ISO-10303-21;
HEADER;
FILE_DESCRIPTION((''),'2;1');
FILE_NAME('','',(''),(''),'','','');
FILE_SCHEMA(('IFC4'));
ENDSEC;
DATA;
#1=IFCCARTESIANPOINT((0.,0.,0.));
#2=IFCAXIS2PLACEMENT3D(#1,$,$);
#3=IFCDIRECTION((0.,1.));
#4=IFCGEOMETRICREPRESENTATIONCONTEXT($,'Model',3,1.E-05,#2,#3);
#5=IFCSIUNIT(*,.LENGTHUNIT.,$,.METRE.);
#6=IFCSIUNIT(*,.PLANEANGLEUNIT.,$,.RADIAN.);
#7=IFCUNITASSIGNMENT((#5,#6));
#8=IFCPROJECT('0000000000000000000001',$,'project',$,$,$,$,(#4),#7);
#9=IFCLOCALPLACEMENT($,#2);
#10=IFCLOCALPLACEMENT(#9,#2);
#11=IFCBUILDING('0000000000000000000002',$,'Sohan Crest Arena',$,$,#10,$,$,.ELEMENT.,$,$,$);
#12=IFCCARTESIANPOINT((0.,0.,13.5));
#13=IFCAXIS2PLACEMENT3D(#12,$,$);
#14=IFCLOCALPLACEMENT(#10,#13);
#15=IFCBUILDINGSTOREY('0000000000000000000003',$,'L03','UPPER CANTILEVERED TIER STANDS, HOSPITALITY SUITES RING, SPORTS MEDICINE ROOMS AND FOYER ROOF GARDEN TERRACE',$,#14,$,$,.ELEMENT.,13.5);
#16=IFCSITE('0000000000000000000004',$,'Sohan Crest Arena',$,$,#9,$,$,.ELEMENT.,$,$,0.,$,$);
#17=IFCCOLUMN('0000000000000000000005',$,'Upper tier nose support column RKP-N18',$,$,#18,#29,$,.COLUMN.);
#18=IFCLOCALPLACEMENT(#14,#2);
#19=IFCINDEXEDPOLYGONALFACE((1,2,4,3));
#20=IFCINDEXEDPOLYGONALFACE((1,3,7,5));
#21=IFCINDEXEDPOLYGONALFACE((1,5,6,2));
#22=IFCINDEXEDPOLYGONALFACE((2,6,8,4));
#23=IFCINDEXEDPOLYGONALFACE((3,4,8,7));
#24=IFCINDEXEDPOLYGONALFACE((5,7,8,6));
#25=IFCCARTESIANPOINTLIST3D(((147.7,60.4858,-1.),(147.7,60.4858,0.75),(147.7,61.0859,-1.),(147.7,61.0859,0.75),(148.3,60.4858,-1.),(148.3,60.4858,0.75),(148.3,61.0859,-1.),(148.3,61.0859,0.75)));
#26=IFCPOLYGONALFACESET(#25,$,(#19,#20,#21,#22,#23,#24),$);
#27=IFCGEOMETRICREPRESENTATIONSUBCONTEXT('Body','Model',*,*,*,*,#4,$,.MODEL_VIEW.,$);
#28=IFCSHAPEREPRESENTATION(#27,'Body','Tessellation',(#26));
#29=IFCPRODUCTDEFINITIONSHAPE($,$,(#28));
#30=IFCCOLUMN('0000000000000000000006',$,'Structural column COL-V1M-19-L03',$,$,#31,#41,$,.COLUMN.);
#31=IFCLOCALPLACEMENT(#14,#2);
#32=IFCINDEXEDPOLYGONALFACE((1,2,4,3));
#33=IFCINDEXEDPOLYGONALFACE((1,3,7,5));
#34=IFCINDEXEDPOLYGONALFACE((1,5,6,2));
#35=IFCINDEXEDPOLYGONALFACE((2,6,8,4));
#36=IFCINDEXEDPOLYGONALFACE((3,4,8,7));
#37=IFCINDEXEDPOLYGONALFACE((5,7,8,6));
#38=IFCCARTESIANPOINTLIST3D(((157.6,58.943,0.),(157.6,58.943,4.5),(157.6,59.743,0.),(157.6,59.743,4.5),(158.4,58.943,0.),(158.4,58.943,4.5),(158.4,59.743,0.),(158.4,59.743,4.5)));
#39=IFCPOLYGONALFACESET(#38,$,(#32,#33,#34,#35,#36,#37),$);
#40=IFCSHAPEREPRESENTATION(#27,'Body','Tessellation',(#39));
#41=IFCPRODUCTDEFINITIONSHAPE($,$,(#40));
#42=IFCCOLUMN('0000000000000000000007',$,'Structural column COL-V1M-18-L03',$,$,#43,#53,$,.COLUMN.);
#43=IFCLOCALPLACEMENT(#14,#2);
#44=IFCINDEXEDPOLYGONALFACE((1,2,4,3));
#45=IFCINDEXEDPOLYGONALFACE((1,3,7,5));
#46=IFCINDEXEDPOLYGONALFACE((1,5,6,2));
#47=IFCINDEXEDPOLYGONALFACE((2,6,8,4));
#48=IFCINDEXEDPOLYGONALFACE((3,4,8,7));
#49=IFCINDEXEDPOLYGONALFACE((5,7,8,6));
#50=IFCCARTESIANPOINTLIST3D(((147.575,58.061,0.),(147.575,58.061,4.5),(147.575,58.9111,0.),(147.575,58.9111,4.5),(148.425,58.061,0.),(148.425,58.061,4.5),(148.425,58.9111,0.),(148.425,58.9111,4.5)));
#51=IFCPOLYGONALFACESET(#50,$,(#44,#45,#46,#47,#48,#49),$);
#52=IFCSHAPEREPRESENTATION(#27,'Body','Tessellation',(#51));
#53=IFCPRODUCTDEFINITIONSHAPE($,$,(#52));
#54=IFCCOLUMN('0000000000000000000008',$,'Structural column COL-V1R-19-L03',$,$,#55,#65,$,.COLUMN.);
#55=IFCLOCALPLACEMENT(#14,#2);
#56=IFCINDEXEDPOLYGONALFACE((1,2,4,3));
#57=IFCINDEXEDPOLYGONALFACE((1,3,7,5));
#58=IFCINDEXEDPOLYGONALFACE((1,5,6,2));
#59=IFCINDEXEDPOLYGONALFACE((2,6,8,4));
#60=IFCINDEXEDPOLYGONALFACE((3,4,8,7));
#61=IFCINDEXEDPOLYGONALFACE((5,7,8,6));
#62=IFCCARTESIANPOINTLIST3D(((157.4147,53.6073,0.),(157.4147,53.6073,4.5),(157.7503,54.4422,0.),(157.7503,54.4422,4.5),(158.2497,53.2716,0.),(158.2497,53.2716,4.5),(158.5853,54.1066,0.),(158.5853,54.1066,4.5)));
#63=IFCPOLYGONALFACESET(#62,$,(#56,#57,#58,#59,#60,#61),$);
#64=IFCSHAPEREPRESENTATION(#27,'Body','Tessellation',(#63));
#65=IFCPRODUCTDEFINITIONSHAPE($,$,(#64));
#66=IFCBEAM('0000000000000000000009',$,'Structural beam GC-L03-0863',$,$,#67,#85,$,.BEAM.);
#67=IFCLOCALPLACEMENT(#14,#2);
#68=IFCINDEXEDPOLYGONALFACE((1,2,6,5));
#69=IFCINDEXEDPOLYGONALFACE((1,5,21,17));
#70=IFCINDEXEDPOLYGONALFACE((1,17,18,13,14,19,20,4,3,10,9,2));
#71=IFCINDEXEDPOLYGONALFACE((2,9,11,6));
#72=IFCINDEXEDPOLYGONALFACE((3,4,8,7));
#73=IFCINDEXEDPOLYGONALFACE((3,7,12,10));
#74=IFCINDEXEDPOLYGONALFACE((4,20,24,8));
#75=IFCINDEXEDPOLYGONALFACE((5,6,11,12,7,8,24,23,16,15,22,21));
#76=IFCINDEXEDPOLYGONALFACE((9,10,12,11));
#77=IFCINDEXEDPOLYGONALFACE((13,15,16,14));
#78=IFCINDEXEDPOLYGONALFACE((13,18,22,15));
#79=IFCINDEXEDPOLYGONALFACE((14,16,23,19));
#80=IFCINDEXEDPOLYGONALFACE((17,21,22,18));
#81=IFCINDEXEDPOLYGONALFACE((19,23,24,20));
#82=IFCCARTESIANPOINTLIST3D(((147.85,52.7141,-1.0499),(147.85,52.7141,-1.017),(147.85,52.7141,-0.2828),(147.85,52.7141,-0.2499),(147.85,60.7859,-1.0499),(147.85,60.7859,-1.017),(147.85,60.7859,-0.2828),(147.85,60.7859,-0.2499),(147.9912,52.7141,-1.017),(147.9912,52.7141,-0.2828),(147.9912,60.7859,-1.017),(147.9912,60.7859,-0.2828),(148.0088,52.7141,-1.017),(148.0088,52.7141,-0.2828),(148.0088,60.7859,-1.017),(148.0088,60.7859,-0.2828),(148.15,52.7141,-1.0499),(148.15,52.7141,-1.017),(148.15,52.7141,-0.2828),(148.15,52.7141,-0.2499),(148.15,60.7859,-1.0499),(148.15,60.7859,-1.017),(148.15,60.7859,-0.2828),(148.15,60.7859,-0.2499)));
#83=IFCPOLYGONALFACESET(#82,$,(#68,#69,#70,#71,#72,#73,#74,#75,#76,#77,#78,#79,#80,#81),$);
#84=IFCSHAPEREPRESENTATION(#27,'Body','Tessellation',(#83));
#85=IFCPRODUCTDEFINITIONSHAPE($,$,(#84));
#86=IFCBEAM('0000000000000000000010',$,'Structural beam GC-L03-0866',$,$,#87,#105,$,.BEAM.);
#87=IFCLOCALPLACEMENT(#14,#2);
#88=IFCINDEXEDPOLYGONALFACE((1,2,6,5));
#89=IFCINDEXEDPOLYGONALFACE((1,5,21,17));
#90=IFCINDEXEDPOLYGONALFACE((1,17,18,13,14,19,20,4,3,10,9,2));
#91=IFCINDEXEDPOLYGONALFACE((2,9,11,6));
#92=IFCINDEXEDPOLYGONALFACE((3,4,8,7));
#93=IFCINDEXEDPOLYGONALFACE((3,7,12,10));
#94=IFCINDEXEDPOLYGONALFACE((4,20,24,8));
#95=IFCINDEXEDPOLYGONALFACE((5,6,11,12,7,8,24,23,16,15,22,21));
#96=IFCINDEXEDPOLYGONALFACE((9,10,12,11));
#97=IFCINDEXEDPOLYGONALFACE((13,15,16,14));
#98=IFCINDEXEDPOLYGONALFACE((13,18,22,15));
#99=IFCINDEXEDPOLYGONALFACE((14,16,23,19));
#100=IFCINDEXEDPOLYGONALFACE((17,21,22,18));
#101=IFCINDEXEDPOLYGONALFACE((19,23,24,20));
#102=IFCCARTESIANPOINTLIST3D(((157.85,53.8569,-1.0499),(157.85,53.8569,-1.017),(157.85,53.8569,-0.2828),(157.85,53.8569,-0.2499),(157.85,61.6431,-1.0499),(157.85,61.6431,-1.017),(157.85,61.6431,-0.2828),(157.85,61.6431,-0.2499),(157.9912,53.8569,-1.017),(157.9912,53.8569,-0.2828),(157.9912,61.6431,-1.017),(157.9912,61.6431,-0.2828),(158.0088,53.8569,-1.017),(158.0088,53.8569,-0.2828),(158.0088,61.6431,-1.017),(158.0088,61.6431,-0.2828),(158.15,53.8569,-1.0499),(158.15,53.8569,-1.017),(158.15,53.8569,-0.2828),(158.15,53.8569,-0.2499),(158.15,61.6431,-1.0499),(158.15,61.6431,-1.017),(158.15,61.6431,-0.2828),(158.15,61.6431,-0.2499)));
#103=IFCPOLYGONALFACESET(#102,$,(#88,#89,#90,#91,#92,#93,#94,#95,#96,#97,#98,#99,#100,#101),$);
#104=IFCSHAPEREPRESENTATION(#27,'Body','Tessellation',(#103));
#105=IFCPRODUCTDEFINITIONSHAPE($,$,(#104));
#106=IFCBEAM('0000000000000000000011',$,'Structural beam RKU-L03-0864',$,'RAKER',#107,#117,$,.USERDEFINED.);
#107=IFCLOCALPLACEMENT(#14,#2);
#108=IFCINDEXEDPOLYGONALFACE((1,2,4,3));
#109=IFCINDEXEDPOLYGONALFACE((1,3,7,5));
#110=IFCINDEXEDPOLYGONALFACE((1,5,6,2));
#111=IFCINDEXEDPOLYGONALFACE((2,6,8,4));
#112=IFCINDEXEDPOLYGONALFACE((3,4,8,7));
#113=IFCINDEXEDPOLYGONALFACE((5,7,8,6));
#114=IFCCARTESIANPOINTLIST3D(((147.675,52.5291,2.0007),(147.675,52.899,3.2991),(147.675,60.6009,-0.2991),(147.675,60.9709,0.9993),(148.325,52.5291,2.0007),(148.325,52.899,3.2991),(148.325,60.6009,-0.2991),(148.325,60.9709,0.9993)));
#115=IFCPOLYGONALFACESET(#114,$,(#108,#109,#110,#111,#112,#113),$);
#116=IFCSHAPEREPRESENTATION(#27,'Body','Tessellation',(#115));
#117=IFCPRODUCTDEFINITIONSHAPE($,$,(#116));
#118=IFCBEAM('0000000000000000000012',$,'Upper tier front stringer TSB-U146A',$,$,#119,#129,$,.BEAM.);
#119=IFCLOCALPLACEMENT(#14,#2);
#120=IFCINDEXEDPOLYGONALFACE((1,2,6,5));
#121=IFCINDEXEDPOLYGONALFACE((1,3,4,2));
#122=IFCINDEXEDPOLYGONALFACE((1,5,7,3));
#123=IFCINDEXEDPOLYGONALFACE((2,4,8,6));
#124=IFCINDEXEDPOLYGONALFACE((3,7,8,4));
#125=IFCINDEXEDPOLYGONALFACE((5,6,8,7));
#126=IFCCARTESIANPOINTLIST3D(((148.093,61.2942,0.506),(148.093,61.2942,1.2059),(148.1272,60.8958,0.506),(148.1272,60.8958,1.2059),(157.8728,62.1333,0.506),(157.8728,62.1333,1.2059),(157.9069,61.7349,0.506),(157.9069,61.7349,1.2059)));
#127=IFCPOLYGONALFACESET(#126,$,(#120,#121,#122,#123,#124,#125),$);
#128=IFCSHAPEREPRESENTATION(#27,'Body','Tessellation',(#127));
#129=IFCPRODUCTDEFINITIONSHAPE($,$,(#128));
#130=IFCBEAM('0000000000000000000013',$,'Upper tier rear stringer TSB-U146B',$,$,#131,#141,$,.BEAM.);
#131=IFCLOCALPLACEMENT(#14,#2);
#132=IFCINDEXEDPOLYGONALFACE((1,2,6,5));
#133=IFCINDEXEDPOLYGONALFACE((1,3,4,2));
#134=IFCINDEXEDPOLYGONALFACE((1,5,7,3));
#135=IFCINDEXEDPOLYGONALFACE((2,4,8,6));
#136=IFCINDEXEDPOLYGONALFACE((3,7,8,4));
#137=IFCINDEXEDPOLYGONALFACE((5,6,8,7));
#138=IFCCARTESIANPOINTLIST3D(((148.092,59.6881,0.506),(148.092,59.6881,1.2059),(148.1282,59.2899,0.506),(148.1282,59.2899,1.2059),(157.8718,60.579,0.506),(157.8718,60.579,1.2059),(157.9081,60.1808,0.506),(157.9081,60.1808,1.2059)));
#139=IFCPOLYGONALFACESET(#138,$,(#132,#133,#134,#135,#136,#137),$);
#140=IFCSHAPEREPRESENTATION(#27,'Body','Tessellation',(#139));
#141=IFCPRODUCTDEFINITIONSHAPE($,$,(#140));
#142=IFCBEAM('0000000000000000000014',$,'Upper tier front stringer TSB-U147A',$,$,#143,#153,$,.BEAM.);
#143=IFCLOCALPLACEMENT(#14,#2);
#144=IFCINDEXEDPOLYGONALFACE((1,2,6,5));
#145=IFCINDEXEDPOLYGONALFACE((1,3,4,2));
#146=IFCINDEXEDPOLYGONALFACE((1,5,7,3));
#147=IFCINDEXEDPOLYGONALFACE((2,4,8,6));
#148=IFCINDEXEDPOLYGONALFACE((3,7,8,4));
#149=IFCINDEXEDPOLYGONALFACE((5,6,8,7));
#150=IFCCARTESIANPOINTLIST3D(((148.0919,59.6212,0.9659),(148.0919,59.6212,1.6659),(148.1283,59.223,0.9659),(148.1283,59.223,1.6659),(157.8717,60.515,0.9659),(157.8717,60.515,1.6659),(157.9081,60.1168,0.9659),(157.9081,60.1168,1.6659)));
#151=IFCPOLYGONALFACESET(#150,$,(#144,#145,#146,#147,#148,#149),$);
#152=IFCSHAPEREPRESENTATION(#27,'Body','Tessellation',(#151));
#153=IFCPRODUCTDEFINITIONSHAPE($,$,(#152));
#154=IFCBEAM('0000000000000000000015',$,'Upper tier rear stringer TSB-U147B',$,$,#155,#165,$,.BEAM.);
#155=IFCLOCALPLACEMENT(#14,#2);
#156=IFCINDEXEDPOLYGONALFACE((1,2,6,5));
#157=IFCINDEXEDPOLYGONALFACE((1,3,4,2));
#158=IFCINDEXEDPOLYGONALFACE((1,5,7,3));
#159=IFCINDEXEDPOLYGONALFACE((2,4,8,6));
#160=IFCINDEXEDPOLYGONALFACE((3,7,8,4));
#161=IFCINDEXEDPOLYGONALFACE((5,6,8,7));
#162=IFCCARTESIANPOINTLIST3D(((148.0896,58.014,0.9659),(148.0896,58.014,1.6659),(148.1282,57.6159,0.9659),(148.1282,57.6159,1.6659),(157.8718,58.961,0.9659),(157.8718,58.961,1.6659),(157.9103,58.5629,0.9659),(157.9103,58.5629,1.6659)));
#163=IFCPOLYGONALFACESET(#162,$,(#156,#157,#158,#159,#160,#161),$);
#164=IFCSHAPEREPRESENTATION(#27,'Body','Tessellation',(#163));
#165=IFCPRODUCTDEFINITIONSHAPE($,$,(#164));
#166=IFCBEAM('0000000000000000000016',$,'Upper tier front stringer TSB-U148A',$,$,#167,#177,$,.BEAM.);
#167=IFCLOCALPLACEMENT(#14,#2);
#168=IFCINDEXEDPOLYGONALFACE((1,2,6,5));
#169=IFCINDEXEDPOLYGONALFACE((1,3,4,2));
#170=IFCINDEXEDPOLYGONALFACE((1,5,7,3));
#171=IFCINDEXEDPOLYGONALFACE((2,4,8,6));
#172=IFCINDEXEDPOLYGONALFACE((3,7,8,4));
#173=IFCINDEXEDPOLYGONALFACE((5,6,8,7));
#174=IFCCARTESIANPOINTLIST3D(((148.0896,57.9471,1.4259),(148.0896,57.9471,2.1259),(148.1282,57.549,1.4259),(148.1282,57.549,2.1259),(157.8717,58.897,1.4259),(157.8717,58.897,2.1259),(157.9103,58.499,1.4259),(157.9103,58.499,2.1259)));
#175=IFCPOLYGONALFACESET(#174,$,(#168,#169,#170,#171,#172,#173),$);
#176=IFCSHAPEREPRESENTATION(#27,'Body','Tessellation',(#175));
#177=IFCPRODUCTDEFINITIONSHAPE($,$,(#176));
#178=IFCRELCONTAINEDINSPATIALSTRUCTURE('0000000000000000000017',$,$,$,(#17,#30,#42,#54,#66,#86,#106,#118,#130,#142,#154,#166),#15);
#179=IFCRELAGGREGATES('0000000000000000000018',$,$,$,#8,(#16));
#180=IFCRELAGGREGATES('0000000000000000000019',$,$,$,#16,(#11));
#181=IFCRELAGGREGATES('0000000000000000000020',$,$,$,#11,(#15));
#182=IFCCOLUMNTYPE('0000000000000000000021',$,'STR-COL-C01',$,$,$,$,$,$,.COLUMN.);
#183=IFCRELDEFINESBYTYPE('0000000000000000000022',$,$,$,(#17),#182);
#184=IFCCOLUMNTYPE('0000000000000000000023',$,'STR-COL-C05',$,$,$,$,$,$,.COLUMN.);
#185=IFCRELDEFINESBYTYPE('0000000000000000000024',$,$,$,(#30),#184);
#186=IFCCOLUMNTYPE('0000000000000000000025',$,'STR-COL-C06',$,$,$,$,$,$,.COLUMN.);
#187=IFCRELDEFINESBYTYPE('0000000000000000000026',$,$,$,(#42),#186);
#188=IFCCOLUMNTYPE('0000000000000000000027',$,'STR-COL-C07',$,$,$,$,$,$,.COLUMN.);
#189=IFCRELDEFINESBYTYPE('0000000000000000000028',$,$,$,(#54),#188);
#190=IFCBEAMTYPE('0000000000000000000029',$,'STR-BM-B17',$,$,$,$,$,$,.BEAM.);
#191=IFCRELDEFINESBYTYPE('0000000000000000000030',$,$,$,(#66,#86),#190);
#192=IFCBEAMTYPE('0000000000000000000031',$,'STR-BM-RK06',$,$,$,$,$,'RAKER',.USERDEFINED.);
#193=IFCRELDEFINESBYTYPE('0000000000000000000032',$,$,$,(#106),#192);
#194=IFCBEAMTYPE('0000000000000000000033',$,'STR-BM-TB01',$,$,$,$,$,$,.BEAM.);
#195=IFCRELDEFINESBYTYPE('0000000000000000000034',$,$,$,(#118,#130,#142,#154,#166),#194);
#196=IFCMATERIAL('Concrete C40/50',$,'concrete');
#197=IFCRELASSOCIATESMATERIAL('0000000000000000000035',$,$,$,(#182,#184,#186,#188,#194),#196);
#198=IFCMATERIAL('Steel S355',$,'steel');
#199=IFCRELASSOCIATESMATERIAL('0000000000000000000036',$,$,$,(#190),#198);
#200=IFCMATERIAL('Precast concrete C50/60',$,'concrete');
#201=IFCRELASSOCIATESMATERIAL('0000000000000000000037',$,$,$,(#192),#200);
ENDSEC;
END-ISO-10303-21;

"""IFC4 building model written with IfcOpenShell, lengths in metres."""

from ifc_helpers import new_model, si_unit, direction, frame, origin, origin_2d, place, context, subcontext, project, spatial, rectangle, i_section, extrude, material, material_profile, profile_set, type_object, element, save


model = new_model("IFC4")

# Units and contexts
model_context = context("Model", 3, precision=1e-05, world=origin(), true_north=direction((0.0, 1.0)))
body_context = subcontext(model_context, "Body", "Model", "MODEL_VIEW")
ifc_project = project(units=[si_unit("LENGTHUNIT", "METRE"), si_unit("PLANEANGLEUNIT", "RADIAN")], contexts=[model_context])

# Site, building, storey
site_placement = place(None, origin())
site = spatial("IfcSite", under=ifc_project, at=site_placement, Name="Sohan Crest Arena", CompositionType="ELEMENT", RefElevation=0.0)
building_placement = place(site_placement, origin())
building = spatial("IfcBuilding", under=site, at=building_placement, Name="Sohan Crest Arena", CompositionType="ELEMENT")
storey_placement = place(building_placement, frame((0.0, 0.0, 13.5)))
storey = spatial("IfcBuildingStorey", under=building, at=storey_placement, Name="L03", Description="UPPER CANTILEVERED TIER STANDS, HOSPITALITY SUITES RING, SPORTS MEDICINE ROOMS AND FOYER ROOF GARDEN TERRACE", CompositionType="ELEMENT", Elevation=13.5)

# Columns
ifc_material_1 = material(Name="Concrete C40/50", Category="concrete")
ifc_material_profile_1 = material_profile(ifc_material_1, rectangle(XDim=0.6001, YDim=0.6001, at=origin_2d()), Name="RC 600x600")
ifc_profile_set_1 = profile_set([ifc_material_profile_1], Name="Concrete C40/50")
column_type_1 = type_object("IfcColumnType", Name="STR-COL-C01", PredefinedType="COLUMN", material=ifc_profile_set_1)
column_1_placement = place(storey_placement, frame((148.0, 60.7859, -1.0), z_axis=(0.0, 0.0, 1.0), x_axis=(1.0, 0.0, 0.0)))
element("IfcColumn", 1, at=column_1_placement, inside=storey, type_object=column_type_1, Name="Upper tier nose support column RKP-N18", PredefinedType="COLUMN", context=body_context, shape_type="SweptSolid", body=[
    extrude(rectangle(XDim=0.6001, YDim=0.6001, at=origin_2d()), origin(), (0.0, 0.0, 1.0), 1.75),
])
ifc_material_profile_2 = material_profile(ifc_material_1, rectangle(XDim=0.8, YDim=0.8, at=origin_2d()), Name="RC 800x800")
ifc_profile_set_2 = profile_set([ifc_material_profile_2], Name="Concrete C40/50")
column_type_2 = type_object("IfcColumnType", Name="STR-COL-C05", PredefinedType="COLUMN", material=ifc_profile_set_2)
column_2_placement = place(storey_placement, frame((158.0, 59.343, 0.0), z_axis=(0.0, 0.0, 1.0), x_axis=(1.0, 0.0, 0.0)))
element("IfcColumn", 2, at=column_2_placement, inside=storey, type_object=column_type_2, Name="Structural column COL-V1M-19-L03", PredefinedType="COLUMN", context=body_context, shape_type="SweptSolid", body=[
    extrude(rectangle(XDim=0.8, YDim=0.8, at=origin_2d()), origin(), (0.0, 0.0, 1.0), 4.5),
])
ifc_material_profile_3 = material_profile(ifc_material_1, rectangle(XDim=0.8501, YDim=0.8501, at=origin_2d()), Name="RC 850x850")
ifc_profile_set_3 = profile_set([ifc_material_profile_3], Name="Concrete C40/50")
column_type_3 = type_object("IfcColumnType", Name="STR-COL-C06", PredefinedType="COLUMN", material=ifc_profile_set_3)
column_3_placement = place(storey_placement, frame((148.0, 58.4861, 0.0), z_axis=(0.0, 0.0, 1.0), x_axis=(1.0, 0.0, 0.0)))
element("IfcColumn", 3, at=column_3_placement, inside=storey, type_object=column_type_3, Name="Structural column COL-V1M-18-L03", PredefinedType="COLUMN", context=body_context, shape_type="SweptSolid", body=[
    extrude(rectangle(XDim=0.8501, YDim=0.8501, at=origin_2d()), origin(), (0.0, 0.0, 1.0), 4.5),
])
ifc_material_profile_4 = material_profile(ifc_material_1, rectangle(XDim=0.8999, YDim=0.8999, at=origin_2d()), Name="RC 900x900")
ifc_profile_set_4 = profile_set([ifc_material_profile_4], Name="Concrete C40/50")
column_type_4 = type_object("IfcColumnType", Name="STR-COL-C07", PredefinedType="COLUMN", material=ifc_profile_set_4)
column_4_placement = place(storey_placement, frame((158.0, 53.8569, 0.0), z_axis=(0.0, 0.0, 1.0), x_axis=(-0.927836, 0.372988, 0.0)))
element("IfcColumn", 4, at=column_4_placement, inside=storey, type_object=column_type_4, Name="Structural column COL-V1R-19-L03", PredefinedType="COLUMN", context=body_context, shape_type="SweptSolid", body=[
    extrude(rectangle(XDim=0.8999, YDim=0.8999, at=origin_2d()), origin(), (0.0, 0.0, 1.0), 4.5),
])

# Beams
ifc_material_2 = material(Name="Steel S355", Category="steel")
ifc_material_profile_5 = material_profile(ifc_material_2, i_section(OverallWidth=0.3, OverallDepth=0.8, WebThickness=0.0176, FlangeThickness=0.033, at=origin_2d()), Name="HEB 800")
ifc_profile_set_5 = profile_set([ifc_material_profile_5], Name="Steel S355")
beam_type_1 = type_object("IfcBeamType", Name="STR-BM-B17", PredefinedType="BEAM", material=ifc_profile_set_5)
beam_1_placement = place(storey_placement, frame((148.0, 52.7141, -0.6499), z_axis=(0.0, 1.0, 0.0), x_axis=(-1.0, 0.0, 0.0)))
element("IfcBeam", 5, at=beam_1_placement, inside=storey, type_object=beam_type_1, Name="Structural beam GC-L03-0863", PredefinedType="BEAM", context=body_context, shape_type="SweptSolid", body=[
    extrude(i_section(OverallWidth=0.3, OverallDepth=0.8, WebThickness=0.0176, FlangeThickness=0.033, at=origin_2d()), origin(), (0.0, 0.0, 1.0), 8.0718),
])
beam_2_placement = place(storey_placement, frame((158.0, 53.8569, -0.6499), z_axis=(0.0, 1.0, 0.0), x_axis=(-1.0, 0.0, 0.0)))
element("IfcBeam", 6, at=beam_2_placement, inside=storey, type_object=beam_type_1, Name="Structural beam GC-L03-0866", PredefinedType="BEAM", context=body_context, shape_type="SweptSolid", body=[
    extrude(i_section(OverallWidth=0.3, OverallDepth=0.8, WebThickness=0.0176, FlangeThickness=0.033, at=origin_2d()), origin(), (0.0, 0.0, 1.0), 7.7861),
])
ifc_material_3 = material(Name="Precast concrete C50/60", Category="concrete")
ifc_material_profile_6 = material_profile(ifc_material_3, rectangle(XDim=0.6499, YDim=1.3501, at=origin_2d()), Name="RAKER 650x1350")
ifc_profile_set_6 = profile_set([ifc_material_profile_6], Name="Precast concrete C50/60")
beam_type_2 = type_object("IfcBeamType", Name="STR-BM-RK06", ElementType="RAKER", PredefinedType="USERDEFINED", material=ifc_profile_set_6)
beam_3_placement = place(storey_placement, frame((148.0, 60.7859, 0.3501), z_axis=(0.0, -0.961726, 0.274014), x_axis=(1.0, 0.0, 0.0)))
element("IfcBeam", 7, at=beam_3_placement, inside=storey, type_object=beam_type_2, Name="Structural beam RKU-L03-0864", ObjectType="RAKER", PredefinedType="USERDEFINED", context=body_context, shape_type="SweptSolid", body=[
    extrude(rectangle(XDim=0.6499, YDim=1.3501, at=origin_2d()), origin(), (0.0, 0.0, 1.0), 8.3931),
])
ifc_material_profile_7 = material_profile(ifc_material_1, rectangle(XDim=0.3999, YDim=0.7, at=origin_2d()), Name="RC-BM 400x700")
ifc_profile_set_7 = profile_set([ifc_material_profile_7], Name="Concrete C40/50")
beam_type_3 = type_object("IfcBeamType", Name="STR-BM-TB01", PredefinedType="BEAM", material=ifc_profile_set_7)
beam_4_placement = place(storey_placement, frame((148.1101, 61.095, 0.856), z_axis=(0.996339, 0.085487, 0.0), x_axis=(-0.085487, 0.996339, 0.0)))
element("IfcBeam", 8, at=beam_4_placement, inside=storey, type_object=beam_type_3, Name="Upper tier front stringer TSB-U146A", PredefinedType="BEAM", context=body_context, shape_type="SweptSolid", body=[
    extrude(rectangle(XDim=0.3999, YDim=0.7, at=origin_2d()), origin(), (0.0, 0.0, 1.0), 9.8157),
])
beam_5_placement = place(storey_placement, frame((148.1101, 59.489, 0.856), z_axis=(0.995877, 0.090717, 0.0), x_axis=(-0.090717, 0.995877, 0.0)))
element("IfcBeam", 9, at=beam_5_placement, inside=storey, type_object=beam_type_3, Name="Upper tier rear stringer TSB-U146B", PredefinedType="BEAM", context=body_context, shape_type="SweptSolid", body=[
    extrude(rectangle(XDim=0.3999, YDim=0.7, at=origin_2d()), origin(), (0.0, 0.0, 1.0), 9.8203),
])
beam_6_placement = place(storey_placement, frame((148.1101, 59.4221, 1.3159), z_axis=(0.99585, 0.091013, 0.0), x_axis=(-0.091013, 0.99585, 0.0)))
element("IfcBeam", 10, at=beam_6_placement, inside=storey, type_object=beam_type_3, Name="Upper tier front stringer TSB-U147A", PredefinedType="BEAM", context=body_context, shape_type="SweptSolid", body=[
    extrude(rectangle(XDim=0.3999, YDim=0.7, at=origin_2d()), origin(), (0.0, 0.0, 1.0), 9.8206),
])
beam_7_placement = place(storey_placement, frame((148.1089, 57.8149, 1.3159), z_axis=(0.995347, 0.09636, 0.0), x_axis=(-0.09636, 0.995347, 0.0)))
element("IfcBeam", 11, at=beam_7_placement, inside=storey, type_object=beam_type_3, Name="Upper tier rear stringer TSB-U147B", PredefinedType="BEAM", context=body_context, shape_type="SweptSolid", body=[
    extrude(rectangle(XDim=0.3999, YDim=0.7, at=origin_2d()), origin(), (0.0, 0.0, 1.0), 9.8279),
])
beam_8_placement = place(storey_placement, frame((148.1089, 57.748, 1.7759), z_axis=(0.995318, 0.096655, 0.0), x_axis=(-0.096655, 0.995318, 0.0)))
element("IfcBeam", 12, at=beam_8_placement, inside=storey, type_object=beam_type_3, Name="Upper tier front stringer TSB-U148A", PredefinedType="BEAM", context=body_context, shape_type="SweptSolid", body=[
    extrude(rectangle(XDim=0.3999, YDim=0.7, at=origin_2d()), origin(), (0.0, 0.0, 1.0), 9.8281),
])

save(model, "model.ifc")
